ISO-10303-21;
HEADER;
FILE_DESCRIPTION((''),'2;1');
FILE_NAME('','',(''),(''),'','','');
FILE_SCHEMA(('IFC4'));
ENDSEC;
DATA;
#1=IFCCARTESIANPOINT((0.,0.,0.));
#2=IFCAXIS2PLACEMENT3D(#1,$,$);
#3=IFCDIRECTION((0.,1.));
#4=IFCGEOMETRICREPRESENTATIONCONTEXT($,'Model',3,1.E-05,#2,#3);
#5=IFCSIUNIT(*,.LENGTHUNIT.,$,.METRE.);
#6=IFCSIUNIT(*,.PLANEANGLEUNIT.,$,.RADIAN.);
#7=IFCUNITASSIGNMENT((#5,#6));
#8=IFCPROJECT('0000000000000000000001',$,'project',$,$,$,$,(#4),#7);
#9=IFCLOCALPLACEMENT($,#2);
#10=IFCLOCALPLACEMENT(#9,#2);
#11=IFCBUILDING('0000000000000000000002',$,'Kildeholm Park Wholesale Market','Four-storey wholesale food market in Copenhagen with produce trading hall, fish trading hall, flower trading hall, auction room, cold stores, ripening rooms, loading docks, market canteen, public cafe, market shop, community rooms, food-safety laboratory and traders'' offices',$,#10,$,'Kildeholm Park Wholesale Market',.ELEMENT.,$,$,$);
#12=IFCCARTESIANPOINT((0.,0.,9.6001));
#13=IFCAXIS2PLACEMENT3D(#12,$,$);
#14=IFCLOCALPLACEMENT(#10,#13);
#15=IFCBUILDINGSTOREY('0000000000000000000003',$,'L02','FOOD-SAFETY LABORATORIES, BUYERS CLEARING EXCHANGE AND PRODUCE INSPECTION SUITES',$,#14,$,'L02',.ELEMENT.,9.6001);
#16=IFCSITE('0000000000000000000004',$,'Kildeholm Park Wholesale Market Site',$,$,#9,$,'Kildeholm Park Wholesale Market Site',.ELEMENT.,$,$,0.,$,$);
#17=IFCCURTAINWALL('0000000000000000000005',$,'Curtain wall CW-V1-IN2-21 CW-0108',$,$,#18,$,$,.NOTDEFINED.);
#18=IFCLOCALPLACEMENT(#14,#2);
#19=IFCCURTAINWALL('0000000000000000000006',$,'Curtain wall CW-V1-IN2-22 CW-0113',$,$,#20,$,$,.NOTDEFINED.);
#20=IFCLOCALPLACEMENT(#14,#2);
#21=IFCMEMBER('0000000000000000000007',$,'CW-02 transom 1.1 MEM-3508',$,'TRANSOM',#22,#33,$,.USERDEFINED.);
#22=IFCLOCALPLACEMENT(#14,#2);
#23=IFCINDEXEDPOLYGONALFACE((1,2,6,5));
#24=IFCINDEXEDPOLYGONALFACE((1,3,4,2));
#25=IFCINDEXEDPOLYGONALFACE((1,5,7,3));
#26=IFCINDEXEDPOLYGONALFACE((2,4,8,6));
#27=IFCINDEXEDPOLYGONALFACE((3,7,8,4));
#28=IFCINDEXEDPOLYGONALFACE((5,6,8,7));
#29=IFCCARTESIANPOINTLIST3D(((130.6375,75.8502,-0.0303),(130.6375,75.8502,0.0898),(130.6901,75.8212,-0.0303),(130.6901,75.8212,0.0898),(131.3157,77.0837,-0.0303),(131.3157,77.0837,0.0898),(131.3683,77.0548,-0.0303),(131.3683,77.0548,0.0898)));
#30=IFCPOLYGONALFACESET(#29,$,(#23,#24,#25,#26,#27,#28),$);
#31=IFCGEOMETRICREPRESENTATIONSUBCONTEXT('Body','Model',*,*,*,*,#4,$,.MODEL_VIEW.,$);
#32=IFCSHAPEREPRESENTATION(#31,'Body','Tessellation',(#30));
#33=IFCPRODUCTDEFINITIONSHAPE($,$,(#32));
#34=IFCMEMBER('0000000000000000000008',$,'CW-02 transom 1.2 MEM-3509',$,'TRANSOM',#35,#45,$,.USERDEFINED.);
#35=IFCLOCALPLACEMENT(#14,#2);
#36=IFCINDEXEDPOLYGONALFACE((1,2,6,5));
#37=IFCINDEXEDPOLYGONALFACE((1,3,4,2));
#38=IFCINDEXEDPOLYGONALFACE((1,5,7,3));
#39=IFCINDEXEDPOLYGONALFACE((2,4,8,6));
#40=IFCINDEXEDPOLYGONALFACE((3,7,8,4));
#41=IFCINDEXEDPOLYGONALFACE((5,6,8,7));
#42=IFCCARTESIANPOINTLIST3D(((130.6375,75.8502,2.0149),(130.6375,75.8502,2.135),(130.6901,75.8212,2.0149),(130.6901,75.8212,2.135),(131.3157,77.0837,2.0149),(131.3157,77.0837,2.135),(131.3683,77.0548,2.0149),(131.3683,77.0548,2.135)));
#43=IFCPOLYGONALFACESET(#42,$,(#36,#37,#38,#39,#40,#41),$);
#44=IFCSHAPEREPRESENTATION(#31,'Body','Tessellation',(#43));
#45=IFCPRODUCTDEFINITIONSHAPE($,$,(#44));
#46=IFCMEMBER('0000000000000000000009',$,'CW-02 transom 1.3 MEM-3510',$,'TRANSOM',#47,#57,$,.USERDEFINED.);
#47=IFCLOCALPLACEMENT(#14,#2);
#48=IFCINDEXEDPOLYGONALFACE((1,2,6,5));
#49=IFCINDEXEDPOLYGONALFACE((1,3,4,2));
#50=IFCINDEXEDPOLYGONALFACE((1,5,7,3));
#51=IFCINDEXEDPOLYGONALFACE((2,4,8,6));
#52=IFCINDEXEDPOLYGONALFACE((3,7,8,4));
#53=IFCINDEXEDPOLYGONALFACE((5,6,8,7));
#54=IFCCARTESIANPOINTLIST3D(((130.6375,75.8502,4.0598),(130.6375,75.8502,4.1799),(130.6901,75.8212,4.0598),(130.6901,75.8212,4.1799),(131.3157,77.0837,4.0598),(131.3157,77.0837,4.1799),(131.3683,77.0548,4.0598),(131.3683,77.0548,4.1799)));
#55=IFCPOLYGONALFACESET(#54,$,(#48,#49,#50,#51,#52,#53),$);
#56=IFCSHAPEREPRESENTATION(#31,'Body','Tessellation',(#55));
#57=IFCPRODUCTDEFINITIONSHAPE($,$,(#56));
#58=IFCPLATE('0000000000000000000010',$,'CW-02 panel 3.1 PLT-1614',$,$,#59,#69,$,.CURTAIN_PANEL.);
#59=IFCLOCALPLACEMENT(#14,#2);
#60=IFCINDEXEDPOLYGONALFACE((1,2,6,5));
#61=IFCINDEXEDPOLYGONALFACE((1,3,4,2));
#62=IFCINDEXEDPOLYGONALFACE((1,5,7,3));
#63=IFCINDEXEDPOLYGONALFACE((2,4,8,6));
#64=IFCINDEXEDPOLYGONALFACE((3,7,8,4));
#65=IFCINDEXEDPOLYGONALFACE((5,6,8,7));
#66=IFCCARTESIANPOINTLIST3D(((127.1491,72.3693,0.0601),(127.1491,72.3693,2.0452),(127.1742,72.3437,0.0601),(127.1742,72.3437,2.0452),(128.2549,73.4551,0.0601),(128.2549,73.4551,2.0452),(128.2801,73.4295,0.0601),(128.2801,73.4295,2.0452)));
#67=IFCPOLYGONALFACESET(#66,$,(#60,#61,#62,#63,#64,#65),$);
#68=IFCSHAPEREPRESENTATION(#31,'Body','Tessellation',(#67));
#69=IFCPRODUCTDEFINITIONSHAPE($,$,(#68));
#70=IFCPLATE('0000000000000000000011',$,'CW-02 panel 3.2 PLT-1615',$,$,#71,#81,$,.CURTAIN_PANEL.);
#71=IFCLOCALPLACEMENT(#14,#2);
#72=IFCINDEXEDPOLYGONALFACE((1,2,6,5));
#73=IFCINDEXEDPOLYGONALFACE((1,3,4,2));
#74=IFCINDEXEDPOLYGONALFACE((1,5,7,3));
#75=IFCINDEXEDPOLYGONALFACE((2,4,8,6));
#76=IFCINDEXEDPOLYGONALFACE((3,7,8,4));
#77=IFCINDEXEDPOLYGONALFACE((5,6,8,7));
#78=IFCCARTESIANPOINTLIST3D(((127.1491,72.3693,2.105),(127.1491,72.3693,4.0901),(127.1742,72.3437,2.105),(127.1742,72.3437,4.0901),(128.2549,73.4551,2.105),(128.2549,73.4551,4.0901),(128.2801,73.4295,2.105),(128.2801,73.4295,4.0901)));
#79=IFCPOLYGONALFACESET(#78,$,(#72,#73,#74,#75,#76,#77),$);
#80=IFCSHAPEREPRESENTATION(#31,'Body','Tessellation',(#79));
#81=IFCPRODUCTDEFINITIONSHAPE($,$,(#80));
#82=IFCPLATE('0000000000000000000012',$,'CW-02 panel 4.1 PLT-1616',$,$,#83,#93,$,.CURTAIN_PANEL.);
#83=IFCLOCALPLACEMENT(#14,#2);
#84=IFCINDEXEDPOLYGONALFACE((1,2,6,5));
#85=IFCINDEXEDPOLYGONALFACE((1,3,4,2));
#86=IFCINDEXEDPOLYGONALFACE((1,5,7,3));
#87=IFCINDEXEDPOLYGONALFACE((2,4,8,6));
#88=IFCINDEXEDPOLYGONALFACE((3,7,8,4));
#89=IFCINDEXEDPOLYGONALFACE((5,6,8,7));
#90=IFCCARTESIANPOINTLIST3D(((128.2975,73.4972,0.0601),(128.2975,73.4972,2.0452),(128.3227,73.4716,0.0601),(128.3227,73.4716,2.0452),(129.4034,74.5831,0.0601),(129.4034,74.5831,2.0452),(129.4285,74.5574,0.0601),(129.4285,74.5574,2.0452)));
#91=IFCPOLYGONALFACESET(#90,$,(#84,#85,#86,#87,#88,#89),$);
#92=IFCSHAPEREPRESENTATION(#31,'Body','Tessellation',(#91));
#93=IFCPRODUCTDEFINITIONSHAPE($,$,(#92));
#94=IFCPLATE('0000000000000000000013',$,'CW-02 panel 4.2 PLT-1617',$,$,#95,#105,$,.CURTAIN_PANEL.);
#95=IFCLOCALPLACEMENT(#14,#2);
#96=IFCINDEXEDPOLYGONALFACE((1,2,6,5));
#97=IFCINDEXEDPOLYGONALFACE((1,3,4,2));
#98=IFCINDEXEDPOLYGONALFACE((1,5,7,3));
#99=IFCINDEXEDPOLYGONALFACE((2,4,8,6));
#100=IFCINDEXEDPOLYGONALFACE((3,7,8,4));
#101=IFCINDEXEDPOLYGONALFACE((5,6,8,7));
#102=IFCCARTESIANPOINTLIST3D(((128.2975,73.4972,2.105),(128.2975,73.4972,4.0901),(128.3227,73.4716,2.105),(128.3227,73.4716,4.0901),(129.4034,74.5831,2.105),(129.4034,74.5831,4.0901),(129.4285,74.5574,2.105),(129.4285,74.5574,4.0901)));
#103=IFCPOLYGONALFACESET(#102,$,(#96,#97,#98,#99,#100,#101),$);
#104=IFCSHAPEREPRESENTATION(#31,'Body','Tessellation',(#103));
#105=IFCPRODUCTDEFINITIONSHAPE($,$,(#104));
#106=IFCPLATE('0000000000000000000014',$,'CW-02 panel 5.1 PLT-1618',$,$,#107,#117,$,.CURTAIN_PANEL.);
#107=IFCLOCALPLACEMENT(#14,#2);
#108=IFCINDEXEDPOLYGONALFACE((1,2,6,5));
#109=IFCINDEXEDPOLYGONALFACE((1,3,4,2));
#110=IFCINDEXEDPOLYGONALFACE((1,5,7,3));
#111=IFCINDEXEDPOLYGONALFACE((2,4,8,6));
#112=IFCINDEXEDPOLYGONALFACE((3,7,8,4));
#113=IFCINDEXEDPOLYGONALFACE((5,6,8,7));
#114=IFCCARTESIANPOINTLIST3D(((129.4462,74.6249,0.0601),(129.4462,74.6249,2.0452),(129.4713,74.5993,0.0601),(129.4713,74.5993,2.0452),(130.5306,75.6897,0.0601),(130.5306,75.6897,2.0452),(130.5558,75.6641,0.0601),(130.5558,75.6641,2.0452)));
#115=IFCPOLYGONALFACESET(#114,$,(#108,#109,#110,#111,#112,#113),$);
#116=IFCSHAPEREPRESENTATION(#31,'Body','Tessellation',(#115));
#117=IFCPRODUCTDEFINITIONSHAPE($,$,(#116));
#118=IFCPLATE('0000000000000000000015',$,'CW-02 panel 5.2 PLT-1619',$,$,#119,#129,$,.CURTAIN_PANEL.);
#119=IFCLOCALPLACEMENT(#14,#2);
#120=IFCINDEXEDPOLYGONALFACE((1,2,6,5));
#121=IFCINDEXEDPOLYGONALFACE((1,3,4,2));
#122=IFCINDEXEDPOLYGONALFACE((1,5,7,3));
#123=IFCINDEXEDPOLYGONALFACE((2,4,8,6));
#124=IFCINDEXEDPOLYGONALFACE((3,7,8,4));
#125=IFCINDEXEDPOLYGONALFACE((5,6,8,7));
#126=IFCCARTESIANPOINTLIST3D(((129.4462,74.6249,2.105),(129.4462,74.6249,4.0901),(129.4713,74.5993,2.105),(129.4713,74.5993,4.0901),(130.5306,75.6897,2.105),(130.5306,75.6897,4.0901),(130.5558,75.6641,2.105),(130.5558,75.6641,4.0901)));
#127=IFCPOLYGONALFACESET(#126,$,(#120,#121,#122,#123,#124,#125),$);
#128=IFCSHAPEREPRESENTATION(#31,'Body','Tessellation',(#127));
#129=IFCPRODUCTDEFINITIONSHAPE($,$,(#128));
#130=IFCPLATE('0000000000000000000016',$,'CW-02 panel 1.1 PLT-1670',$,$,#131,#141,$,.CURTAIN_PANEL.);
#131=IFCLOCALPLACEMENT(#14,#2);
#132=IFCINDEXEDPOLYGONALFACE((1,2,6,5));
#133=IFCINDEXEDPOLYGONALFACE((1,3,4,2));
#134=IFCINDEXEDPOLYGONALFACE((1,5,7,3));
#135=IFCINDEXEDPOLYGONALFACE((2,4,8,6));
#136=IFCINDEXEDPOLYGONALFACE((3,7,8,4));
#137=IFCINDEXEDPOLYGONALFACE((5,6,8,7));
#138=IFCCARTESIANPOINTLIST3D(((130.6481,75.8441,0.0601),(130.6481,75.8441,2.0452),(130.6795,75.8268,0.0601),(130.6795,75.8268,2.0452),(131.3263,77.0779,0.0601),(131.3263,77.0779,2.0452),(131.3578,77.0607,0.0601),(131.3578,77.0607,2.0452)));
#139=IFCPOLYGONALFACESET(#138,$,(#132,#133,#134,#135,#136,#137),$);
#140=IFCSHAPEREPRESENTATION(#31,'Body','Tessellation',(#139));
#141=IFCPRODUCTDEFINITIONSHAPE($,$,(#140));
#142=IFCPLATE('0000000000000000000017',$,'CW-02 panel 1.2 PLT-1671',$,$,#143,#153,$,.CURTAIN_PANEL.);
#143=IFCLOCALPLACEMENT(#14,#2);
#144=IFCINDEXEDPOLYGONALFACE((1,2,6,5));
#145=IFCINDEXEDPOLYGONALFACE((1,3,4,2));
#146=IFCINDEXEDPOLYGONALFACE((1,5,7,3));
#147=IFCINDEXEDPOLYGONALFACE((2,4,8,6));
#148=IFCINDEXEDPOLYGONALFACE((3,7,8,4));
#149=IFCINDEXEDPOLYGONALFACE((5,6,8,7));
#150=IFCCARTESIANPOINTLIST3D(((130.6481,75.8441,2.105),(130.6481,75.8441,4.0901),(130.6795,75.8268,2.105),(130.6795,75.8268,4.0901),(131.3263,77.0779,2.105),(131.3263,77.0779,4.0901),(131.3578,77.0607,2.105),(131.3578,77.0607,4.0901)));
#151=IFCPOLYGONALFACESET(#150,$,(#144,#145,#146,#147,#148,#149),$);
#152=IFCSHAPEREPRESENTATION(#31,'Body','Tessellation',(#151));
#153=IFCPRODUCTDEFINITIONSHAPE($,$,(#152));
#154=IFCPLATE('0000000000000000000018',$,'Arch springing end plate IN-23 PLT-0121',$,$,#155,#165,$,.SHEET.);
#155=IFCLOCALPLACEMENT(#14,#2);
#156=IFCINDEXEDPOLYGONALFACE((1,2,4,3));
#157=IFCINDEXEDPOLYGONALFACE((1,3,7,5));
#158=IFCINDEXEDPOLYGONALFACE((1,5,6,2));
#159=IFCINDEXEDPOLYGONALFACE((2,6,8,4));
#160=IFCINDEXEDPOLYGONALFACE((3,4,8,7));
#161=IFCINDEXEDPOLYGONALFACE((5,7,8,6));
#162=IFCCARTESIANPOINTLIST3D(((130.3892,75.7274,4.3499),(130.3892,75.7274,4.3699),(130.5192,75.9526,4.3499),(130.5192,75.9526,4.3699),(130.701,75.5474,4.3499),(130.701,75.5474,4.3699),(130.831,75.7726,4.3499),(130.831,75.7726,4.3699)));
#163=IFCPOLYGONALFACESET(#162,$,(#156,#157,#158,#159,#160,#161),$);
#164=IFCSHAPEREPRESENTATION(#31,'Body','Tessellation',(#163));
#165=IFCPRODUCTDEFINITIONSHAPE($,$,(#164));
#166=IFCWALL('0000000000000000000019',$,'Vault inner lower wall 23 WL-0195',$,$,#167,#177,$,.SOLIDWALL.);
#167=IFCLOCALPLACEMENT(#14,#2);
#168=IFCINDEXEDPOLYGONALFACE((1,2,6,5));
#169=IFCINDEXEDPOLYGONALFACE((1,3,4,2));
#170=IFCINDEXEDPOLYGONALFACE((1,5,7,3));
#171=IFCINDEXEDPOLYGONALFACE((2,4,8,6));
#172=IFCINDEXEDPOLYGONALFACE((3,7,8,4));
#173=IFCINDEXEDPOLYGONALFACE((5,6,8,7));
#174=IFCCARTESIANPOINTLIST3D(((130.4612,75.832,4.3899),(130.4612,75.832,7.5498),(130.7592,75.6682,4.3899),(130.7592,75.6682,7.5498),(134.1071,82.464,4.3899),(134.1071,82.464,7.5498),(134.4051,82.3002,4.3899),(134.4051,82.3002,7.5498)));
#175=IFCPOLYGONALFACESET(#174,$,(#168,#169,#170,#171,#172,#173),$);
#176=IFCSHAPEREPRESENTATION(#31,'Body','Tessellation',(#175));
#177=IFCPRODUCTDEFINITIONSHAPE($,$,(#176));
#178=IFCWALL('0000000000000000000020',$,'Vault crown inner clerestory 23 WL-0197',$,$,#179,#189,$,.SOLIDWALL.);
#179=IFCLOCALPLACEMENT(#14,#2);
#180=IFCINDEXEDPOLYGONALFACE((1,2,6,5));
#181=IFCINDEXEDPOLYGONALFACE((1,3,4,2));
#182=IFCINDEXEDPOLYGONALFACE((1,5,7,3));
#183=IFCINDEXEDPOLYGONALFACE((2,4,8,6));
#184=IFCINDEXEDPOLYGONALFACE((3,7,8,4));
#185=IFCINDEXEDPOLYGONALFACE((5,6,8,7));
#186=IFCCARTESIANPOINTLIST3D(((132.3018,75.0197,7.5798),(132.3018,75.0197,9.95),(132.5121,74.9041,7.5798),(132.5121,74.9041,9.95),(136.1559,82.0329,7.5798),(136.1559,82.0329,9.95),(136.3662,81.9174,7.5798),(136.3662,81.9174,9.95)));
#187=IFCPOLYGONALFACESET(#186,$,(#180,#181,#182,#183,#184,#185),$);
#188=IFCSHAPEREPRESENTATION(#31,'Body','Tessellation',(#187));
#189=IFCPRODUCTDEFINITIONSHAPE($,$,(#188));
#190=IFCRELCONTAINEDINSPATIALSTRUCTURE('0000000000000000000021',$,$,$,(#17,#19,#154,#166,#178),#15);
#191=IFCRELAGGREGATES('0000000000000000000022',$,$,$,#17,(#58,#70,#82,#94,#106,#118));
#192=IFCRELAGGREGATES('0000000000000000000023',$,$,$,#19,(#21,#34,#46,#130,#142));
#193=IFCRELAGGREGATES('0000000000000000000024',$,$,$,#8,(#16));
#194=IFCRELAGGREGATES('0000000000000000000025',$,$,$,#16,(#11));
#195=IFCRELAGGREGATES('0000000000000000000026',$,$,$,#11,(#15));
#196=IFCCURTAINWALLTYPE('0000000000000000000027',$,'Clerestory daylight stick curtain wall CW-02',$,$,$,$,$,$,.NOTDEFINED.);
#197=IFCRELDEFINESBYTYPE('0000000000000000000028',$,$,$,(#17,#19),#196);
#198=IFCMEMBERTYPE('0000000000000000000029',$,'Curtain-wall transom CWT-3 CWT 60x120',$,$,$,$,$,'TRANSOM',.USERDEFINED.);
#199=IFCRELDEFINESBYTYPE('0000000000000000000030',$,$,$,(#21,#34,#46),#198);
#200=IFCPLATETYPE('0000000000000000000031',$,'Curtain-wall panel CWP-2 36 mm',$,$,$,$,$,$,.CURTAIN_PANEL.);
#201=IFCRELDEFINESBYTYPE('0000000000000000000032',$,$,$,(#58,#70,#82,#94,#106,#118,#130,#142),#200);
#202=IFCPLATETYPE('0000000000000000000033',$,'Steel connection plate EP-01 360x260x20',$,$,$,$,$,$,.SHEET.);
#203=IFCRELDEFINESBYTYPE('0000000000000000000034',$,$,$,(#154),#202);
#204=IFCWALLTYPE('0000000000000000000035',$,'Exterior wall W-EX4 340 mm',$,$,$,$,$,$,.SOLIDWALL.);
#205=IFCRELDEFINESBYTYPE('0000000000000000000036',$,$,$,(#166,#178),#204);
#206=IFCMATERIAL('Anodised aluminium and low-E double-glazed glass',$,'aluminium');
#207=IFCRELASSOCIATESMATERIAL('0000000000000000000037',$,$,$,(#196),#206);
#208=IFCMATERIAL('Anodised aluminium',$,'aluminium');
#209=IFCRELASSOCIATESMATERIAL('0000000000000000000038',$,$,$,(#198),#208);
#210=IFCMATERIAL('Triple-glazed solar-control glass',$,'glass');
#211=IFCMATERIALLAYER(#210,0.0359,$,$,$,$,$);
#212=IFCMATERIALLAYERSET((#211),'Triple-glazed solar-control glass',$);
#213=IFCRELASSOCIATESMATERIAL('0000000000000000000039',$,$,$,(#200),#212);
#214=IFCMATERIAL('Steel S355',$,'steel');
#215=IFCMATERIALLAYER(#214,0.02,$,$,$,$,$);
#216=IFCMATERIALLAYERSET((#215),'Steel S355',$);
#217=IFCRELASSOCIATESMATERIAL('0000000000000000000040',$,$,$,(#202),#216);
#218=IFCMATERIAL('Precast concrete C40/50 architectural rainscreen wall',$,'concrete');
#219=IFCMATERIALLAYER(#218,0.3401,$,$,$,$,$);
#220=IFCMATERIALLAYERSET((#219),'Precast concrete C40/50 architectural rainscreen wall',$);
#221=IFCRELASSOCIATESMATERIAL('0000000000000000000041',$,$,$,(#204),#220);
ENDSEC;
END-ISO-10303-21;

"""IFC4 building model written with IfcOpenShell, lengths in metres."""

from ifc_helpers import new_model, si_unit, direction, frame, frame_2d, origin, origin_2d, place, context, subcontext, project, spatial, rectangle, extrude, material, layer, layer_set, material_profile, profile_set, type_object, element, aggregate, save


model = new_model("IFC4")

# Units and contexts
model_context = context("Model", 3, precision=1e-05, world=origin(), true_north=direction((0.0, 1.0)))
body_context = subcontext(model_context, "Body", "Model", "MODEL_VIEW")
ifc_project = project(units=[si_unit("LENGTHUNIT", "METRE"), si_unit("PLANEANGLEUNIT", "RADIAN")], contexts=[model_context])

# Site, building, storey
site_placement = place(None, origin())
site = spatial("IfcSite", under=ifc_project, at=site_placement, Name="Kildeholm Park Wholesale Market Site", LongName="Kildeholm Park Wholesale Market Site", CompositionType="ELEMENT", RefElevation=0.0)
building_placement = place(site_placement, origin())
building = spatial("IfcBuilding", under=site, at=building_placement, Name="Kildeholm Park Wholesale Market", Description="Four-storey wholesale food market in Copenhagen with produce trading hall, fish trading hall, flower trading hall, auction room, cold stores, ripening rooms, loading docks, market canteen, public cafe, market shop, community rooms, food-safety laboratory and traders' offices", LongName="Kildeholm Park Wholesale Market", CompositionType="ELEMENT")
storey_placement = place(building_placement, frame((0.0, 0.0, 9.6001)))
storey = spatial("IfcBuildingStorey", under=building, at=storey_placement, Name="L02", Description="FOOD-SAFETY LABORATORIES, BUYERS CLEARING EXCHANGE AND PRODUCE INSPECTION SUITES", LongName="L02", CompositionType="ELEMENT", Elevation=9.6001)

# Shared definitions
ifc_material_1 = material(Name="Steel S355", Category="steel")

# Curtain wall
ifc_material_2 = material(Name="Anodised aluminium and low-E double-glazed glass", Category="aluminium")
curtain_wall_type = type_object("IfcCurtainWallType", Name="Clerestory daylight stick curtain wall CW-02", PredefinedType="NOTDEFINED", material=ifc_material_2)
curtain_wall_1_placement = place(storey_placement, origin())
curtain_wall_1 = element("IfcCurtainWall", 1, at=curtain_wall_1_placement, inside=storey, type_object=curtain_wall_type, Name="Curtain wall CW-V1-IN2-21 CW-0108", PredefinedType="NOTDEFINED")
ifc_material_3 = material(Name="Anodised aluminium", Category="aluminium")

# Curtain wall
curtain_wall_2_placement = place(storey_placement, origin())
curtain_wall_2 = element("IfcCurtainWall", 2, at=curtain_wall_2_placement, inside=storey, type_object=curtain_wall_type, Name="Curtain wall CW-V1-IN2-22 CW-0113", PredefinedType="NOTDEFINED")

# Members
ifc_material_profile_1 = material_profile(ifc_material_3, rectangle(XDim=0.0601, YDim=0.1201, at=origin_2d()), Name="CWT 60x120")
ifc_profile_set_1 = profile_set([ifc_material_profile_1], Name="Anodised aluminium")
member_type_1 = type_object("IfcMemberType", Name="Curtain-wall transom CWT-3 CWT 60x120", ElementType="TRANSOM", PredefinedType="USERDEFINED", material=ifc_profile_set_1)
member_1_placement = place(storey_placement, frame((130.6638, 75.8357, 0.0298), z_axis=(0.481766, 0.8763, 0.0), x_axis=(-0.8763, 0.481766, 0.0)))
member_1 = element("IfcMember", 3, at=member_1_placement, type_object=member_type_1, Name="CW-02 transom 1.1 MEM-3508", ObjectType="TRANSOM", PredefinedType="USERDEFINED", context=body_context, shape_type="SweptSolid", body=[
    extrude(rectangle(XDim=0.0601, YDim=0.1201, at=origin_2d()), origin(), (0.0, 0.0, 1.0), 1.4077),
])
member_2_placement = place(storey_placement, frame((130.6638, 75.8357, 2.075), z_axis=(0.481766, 0.8763, 0.0), x_axis=(-0.8763, 0.481766, 0.0)))
member_2 = element("IfcMember", 4, at=member_2_placement, type_object=member_type_1, Name="CW-02 transom 1.2 MEM-3509", ObjectType="TRANSOM", PredefinedType="USERDEFINED", context=body_context, shape_type="SweptSolid", body=[
    extrude(rectangle(XDim=0.0601, YDim=0.1201, at=origin_2d()), origin(), (0.0, 0.0, 1.0), 1.4077),
])
member_3_placement = place(storey_placement, frame((130.6638, 75.8357, 4.1199), z_axis=(0.481766, 0.8763, 0.0), x_axis=(-0.8763, 0.481766, 0.0)))
member_3 = element("IfcMember", 5, at=member_3_placement, type_object=member_type_1, Name="CW-02 transom 1.3 MEM-3510", ObjectType="TRANSOM", PredefinedType="USERDEFINED", context=body_context, shape_type="SweptSolid", body=[
    extrude(rectangle(XDim=0.0601, YDim=0.1201, at=origin_2d()), origin(), (0.0, 0.0, 1.0), 1.4077),
])

# Plates
ifc_material_4 = material(Name="Triple-glazed solar-control glass", Category="glass")
ifc_layer_1 = layer(ifc_material_4, 0.0359)
ifc_layer_set_1 = layer_set([ifc_layer_1], Name="Triple-glazed solar-control glass")
plate_type_1 = type_object("IfcPlateType", Name="Curtain-wall panel CWP-2 36 mm", PredefinedType="CURTAIN_PANEL", material=ifc_layer_set_1)
plate_1_placement = place(storey_placement, frame((127.7146, 72.8994, 0.0601), z_axis=(0.0, 0.0, 1.0), x_axis=(0.713538, 0.700617, 0.0)))
plate_1 = element("IfcPlate", 6, at=plate_1_placement, type_object=plate_type_1, Name="CW-02 panel 3.1 PLT-1614", PredefinedType="CURTAIN_PANEL", context=body_context, shape_type="SweptSolid", body=[
    extrude(rectangle(XDim=1.5498, YDim=0.0359, at=origin_2d()), origin(), (0.0, 0.0, 1.0), 1.9851),
])
plate_2_placement = place(storey_placement, frame((127.7146, 72.8994, 2.105), z_axis=(0.0, 0.0, 1.0), x_axis=(0.713538, 0.700617, 0.0)))
plate_2 = element("IfcPlate", 7, at=plate_2_placement, type_object=plate_type_1, Name="CW-02 panel 3.2 PLT-1615", PredefinedType="CURTAIN_PANEL", context=body_context, shape_type="SweptSolid", body=[
    extrude(rectangle(XDim=1.5498, YDim=0.0359, at=origin_2d()), origin(), (0.0, 0.0, 1.0), 1.9851),
])
plate_3_placement = place(storey_placement, frame((128.863, 74.0273, 0.0601), z_axis=(0.0, 0.0, 1.0), x_axis=(0.713538, 0.700617, 0.0)))
plate_3 = element("IfcPlate", 8, at=plate_3_placement, type_object=plate_type_1, Name="CW-02 panel 4.1 PLT-1616", PredefinedType="CURTAIN_PANEL", context=body_context, shape_type="SweptSolid", body=[
    extrude(rectangle(XDim=1.5498, YDim=0.0359, at=origin_2d()), origin(), (0.0, 0.0, 1.0), 1.9851),
])
plate_4_placement = place(storey_placement, frame((128.863, 74.0273, 2.105), z_axis=(0.0, 0.0, 1.0), x_axis=(0.713538, 0.700617, 0.0)))
plate_4 = element("IfcPlate", 9, at=plate_4_placement, type_object=plate_type_1, Name="CW-02 panel 4.2 PLT-1617", PredefinedType="CURTAIN_PANEL", context=body_context, shape_type="SweptSolid", body=[
    extrude(rectangle(XDim=1.5498, YDim=0.0359, at=origin_2d()), origin(), (0.0, 0.0, 1.0), 1.9851),
])
plate_5_placement = place(storey_placement, frame((130.001, 75.1445, 0.0601), z_axis=(0.0, 0.0, 1.0), x_axis=(0.713538, 0.700617, 0.0)))
plate_5 = element("IfcPlate", 10, at=plate_5_placement, type_object=plate_type_1, Name="CW-02 panel 5.1 PLT-1618", PredefinedType="CURTAIN_PANEL", context=body_context, shape_type="SweptSolid", body=[
    extrude(rectangle(XDim=1.5198, YDim=0.0359, at=origin_2d()), origin(), (0.0, 0.0, 1.0), 1.9851),
])
plate_6_placement = place(storey_placement, frame((130.001, 75.1445, 2.105), z_axis=(0.0, 0.0, 1.0), x_axis=(0.713538, 0.700617, 0.0)))
plate_6 = element("IfcPlate", 11, at=plate_6_placement, type_object=plate_type_1, Name="CW-02 panel 5.2 PLT-1619", PredefinedType="CURTAIN_PANEL", context=body_context, shape_type="SweptSolid", body=[
    extrude(rectangle(XDim=1.5198, YDim=0.0359, at=origin_2d()), origin(), (0.0, 0.0, 1.0), 1.9851),
])
aggregate(curtain_wall_1, [plate_1, plate_2, plate_3, plate_4, plate_5, plate_6])
plate_7_placement = place(storey_placement, frame((131.0029, 76.4524, 0.0601), z_axis=(0.0, 0.0, 1.0), x_axis=(0.48175, 0.876309, 0.0)))
plate_7 = element("IfcPlate", 12, at=plate_7_placement, type_object=plate_type_1, Name="CW-02 panel 1.1 PLT-1670", PredefinedType="CURTAIN_PANEL", context=body_context, shape_type="SweptSolid", body=[
    extrude(rectangle(XDim=1.408, YDim=0.0359, at=origin_2d()), origin(), (0.0, 0.0, 1.0), 1.9851),
])
plate_8_placement = place(storey_placement, frame((131.0029, 76.4524, 2.105), z_axis=(0.0, 0.0, 1.0), x_axis=(0.48175, 0.876309, 0.0)))
plate_8 = element("IfcPlate", 13, at=plate_8_placement, type_object=plate_type_1, Name="CW-02 panel 1.2 PLT-1671", PredefinedType="CURTAIN_PANEL", context=body_context, shape_type="SweptSolid", body=[
    extrude(rectangle(XDim=1.408, YDim=0.0359, at=origin_2d()), origin(), (0.0, 0.0, 1.0), 1.9851),
])
aggregate(curtain_wall_2, [member_1, member_2, member_3, plate_7, plate_8])
ifc_layer_2 = layer(ifc_material_1, 0.02)
ifc_layer_set_2 = layer_set([ifc_layer_2], Name="Steel S355")
plate_type_2 = type_object("IfcPlateType", Name="Steel connection plate EP-01 360x260x20", PredefinedType="SHEET", material=ifc_layer_set_2)
plate_9_placement = place(storey_placement, frame((130.6101, 75.75, 4.3499), z_axis=(0.0, 0.0, 1.0), x_axis=(0.866025, -0.5, 0.0)))
element("IfcPlate", 14, at=plate_9_placement, inside=storey, type_object=plate_type_2, Name="Arch springing end plate IN-23 PLT-0121", PredefinedType="SHEET", context=body_context, shape_type="SweptSolid", body=[
    extrude(rectangle(XDim=0.3601, YDim=0.26, at=origin_2d()), origin(), (0.0, 0.0, 1.0), 0.02),
])

# Walls
ifc_material_5 = material(Name="Precast concrete C40/50 architectural rainscreen wall", Category="concrete")
ifc_layer_3 = layer(ifc_material_5, 0.3401)
ifc_layer_set_3 = layer_set([ifc_layer_3], Name="Precast concrete C40/50 architectural rainscreen wall")
wall_type = type_object("IfcWallType", Name="Exterior wall W-EX4 340 mm", PredefinedType="SOLIDWALL", material=ifc_layer_set_3)
wall_1_placement = place(storey_placement, frame((130.6101, 75.75, 4.3899), z_axis=(0.0, 0.0, 1.0), x_axis=(0.481752, 0.876308, 0.0)))
element("IfcWall", 15, at=wall_1_placement, inside=storey, type_object=wall_type, Name="Vault inner lower wall 23 WL-0195", PredefinedType="SOLIDWALL", context=body_context, shape_type="SweptSolid", body=[
    extrude(rectangle(XDim=7.5681, YDim=0.3401, at=frame_2d((3.7842, 0.0))), origin(), (0.0, 0.0, 1.0), 3.1599),
])
wall_2_placement = place(storey_placement, frame((132.407, 74.9619, 7.5798), z_axis=(0.0, 0.0, 1.0), x_axis=(0.481607, 0.876387, 0.0)))
element("IfcWall", 16, at=wall_2_placement, inside=storey, type_object=wall_type, Name="Vault crown inner clerestory 23 WL-0197", PredefinedType="SOLIDWALL", context=body_context, shape_type="SweptSolid", body=[
    extrude(rectangle(XDim=8.0024, YDim=0.24, at=frame_2d((4.0012, 0.0))), origin(), (0.0, 0.0, 1.0), 2.3701),
])

save(model, "model.ifc")
